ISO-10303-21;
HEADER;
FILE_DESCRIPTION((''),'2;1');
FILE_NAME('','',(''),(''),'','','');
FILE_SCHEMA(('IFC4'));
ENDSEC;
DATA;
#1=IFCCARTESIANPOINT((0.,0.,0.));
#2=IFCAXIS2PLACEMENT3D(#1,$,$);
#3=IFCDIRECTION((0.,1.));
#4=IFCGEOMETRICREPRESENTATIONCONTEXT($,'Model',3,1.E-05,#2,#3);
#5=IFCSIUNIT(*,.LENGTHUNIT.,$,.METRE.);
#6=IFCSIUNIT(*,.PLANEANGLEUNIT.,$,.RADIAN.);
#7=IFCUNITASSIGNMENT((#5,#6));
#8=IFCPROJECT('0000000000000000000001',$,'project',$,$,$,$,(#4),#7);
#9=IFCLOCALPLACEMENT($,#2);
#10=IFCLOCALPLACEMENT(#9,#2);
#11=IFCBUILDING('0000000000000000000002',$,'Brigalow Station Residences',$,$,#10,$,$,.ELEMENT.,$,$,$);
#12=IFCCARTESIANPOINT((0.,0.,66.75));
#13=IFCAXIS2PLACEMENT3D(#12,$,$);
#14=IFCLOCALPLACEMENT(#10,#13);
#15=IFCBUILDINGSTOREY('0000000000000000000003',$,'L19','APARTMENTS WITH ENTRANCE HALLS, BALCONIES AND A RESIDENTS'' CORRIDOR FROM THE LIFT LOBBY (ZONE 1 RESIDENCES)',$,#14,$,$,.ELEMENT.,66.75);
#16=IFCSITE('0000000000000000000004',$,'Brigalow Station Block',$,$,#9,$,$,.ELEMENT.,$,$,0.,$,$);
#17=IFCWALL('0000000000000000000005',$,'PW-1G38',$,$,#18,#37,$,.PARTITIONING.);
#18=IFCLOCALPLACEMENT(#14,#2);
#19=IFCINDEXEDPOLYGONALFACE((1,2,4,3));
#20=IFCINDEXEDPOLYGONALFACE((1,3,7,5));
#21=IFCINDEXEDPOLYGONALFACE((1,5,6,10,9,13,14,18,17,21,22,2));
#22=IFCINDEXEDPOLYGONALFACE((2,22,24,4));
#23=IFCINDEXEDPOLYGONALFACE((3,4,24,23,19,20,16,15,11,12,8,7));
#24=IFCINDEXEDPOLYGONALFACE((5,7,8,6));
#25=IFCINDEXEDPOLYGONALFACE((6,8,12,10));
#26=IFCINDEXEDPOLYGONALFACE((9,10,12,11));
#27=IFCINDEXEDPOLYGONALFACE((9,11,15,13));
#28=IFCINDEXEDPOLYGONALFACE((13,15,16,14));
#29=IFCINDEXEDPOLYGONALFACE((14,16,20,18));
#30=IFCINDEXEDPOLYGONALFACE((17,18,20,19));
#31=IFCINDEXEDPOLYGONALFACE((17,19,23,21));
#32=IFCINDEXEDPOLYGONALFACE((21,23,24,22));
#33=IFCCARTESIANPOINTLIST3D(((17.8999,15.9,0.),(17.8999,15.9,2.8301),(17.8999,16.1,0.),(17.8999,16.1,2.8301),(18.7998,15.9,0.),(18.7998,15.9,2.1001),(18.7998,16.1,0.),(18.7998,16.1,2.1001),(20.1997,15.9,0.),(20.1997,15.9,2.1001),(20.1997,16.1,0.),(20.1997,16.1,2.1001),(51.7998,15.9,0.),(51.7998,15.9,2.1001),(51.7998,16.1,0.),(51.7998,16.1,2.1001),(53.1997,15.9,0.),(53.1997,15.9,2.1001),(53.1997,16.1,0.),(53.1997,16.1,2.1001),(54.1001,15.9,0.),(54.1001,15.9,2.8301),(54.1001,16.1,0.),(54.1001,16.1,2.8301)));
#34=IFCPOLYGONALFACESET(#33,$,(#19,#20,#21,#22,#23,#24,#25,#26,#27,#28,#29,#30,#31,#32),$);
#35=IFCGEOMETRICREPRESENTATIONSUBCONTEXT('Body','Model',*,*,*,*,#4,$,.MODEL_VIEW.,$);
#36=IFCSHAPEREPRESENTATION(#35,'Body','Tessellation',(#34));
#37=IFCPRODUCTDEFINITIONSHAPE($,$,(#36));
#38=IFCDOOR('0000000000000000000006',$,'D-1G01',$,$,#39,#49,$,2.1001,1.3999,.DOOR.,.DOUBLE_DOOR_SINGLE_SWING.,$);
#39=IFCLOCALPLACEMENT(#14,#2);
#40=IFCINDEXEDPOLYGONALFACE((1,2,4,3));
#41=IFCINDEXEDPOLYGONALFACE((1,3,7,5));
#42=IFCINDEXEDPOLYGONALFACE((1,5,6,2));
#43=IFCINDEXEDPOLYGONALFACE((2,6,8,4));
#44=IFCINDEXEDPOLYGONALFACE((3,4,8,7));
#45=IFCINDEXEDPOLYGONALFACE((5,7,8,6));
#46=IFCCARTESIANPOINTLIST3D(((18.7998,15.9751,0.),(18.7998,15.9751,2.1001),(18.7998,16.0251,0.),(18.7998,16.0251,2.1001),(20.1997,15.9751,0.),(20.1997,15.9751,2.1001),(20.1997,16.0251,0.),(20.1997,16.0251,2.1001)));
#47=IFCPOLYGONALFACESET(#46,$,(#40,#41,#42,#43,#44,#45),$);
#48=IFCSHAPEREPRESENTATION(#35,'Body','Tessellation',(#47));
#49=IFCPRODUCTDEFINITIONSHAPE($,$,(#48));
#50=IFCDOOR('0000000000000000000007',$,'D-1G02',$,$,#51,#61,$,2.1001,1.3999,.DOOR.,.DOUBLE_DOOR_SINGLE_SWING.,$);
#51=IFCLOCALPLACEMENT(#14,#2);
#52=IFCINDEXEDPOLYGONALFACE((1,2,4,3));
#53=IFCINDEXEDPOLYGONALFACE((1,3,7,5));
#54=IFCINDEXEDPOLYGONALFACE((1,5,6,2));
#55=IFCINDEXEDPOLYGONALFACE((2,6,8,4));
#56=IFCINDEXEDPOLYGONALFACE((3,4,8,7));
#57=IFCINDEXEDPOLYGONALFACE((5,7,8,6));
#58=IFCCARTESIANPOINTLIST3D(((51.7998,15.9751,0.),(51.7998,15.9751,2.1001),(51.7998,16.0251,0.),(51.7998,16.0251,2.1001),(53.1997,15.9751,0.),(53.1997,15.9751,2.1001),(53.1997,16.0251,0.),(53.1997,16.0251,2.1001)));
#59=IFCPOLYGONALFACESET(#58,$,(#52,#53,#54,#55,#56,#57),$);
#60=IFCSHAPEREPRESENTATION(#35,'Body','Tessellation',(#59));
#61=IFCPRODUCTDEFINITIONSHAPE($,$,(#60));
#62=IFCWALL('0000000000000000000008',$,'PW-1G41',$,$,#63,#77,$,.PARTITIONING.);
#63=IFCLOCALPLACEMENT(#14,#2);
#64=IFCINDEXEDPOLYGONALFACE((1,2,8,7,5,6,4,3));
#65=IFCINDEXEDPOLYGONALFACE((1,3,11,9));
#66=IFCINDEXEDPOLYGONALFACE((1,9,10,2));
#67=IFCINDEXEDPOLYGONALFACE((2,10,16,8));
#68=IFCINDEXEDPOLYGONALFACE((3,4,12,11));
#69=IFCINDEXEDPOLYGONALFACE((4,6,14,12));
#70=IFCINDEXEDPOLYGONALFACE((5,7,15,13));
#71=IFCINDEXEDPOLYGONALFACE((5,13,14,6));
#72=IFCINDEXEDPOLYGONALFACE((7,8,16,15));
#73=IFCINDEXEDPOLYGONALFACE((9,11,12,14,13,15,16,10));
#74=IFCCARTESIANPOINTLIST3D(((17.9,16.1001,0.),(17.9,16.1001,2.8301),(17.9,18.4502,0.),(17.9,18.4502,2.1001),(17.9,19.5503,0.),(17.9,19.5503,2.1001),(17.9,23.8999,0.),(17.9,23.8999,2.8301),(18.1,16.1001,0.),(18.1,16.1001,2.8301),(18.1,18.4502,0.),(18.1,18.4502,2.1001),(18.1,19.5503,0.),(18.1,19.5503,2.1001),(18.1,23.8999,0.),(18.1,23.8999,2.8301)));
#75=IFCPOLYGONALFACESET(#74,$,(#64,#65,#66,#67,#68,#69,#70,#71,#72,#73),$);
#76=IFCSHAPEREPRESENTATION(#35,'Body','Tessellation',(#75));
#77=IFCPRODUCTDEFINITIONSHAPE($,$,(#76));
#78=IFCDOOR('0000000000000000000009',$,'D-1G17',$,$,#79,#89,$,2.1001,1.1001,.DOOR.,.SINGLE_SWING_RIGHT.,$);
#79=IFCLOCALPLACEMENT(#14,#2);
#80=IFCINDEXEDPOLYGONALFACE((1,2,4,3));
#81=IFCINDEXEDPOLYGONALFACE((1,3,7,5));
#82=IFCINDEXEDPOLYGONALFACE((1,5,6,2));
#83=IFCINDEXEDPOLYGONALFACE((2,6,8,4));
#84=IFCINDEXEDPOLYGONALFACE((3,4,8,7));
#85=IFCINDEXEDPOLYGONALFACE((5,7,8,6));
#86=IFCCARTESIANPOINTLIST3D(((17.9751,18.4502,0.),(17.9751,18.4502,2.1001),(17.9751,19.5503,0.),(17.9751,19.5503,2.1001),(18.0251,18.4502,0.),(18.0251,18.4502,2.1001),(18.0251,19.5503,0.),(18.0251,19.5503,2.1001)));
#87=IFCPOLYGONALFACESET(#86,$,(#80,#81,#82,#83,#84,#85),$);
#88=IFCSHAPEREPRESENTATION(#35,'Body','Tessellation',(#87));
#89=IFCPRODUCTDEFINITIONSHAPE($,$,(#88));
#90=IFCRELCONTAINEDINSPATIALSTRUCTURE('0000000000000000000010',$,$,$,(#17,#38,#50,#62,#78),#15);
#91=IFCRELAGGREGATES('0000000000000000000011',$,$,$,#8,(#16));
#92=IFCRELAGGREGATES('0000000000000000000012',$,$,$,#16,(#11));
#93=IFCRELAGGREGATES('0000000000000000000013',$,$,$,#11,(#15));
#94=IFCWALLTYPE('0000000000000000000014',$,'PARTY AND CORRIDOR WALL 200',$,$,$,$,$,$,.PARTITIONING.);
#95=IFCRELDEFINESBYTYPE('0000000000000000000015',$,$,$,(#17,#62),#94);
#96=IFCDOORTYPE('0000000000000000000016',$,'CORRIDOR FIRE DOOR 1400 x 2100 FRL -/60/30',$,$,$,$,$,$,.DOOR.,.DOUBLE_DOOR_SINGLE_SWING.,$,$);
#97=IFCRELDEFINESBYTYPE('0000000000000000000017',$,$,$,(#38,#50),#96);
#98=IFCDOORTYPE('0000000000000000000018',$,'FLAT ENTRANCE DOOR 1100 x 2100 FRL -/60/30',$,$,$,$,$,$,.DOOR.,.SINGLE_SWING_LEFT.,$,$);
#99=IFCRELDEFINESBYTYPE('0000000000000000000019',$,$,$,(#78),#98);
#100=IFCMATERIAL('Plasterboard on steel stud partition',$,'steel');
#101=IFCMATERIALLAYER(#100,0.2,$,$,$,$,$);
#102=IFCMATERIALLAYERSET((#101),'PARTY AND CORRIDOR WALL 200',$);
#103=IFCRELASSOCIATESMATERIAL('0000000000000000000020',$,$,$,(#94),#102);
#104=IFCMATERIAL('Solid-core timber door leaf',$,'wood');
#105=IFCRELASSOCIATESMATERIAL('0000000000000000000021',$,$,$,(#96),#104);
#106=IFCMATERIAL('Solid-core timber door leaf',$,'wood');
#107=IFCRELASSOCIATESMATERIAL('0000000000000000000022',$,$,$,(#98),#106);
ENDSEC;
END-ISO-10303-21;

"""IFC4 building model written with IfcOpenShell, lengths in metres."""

from ifc_helpers import new_model, si_unit, direction, frame, frame_2d, origin, place, context, subcontext, project, spatial, rectangle, extrude, material, layer, layer_set, type_object, element, fill, save


model = new_model("IFC4")

# Units and contexts
model_context = context("Model", 3, precision=1e-05, world=origin(), true_north=direction((0.0, 1.0)))
body_context = subcontext(model_context, "Body", "Model", "MODEL_VIEW")
ifc_project = project(units=[si_unit("LENGTHUNIT", "METRE"), si_unit("PLANEANGLEUNIT", "RADIAN")], contexts=[model_context])

# Site, building, storey
site_placement = place(None, origin())
site = spatial("IfcSite", under=ifc_project, at=site_placement, Name="Brigalow Station Block", CompositionType="ELEMENT", RefElevation=0.0)
building_placement = place(site_placement, origin())
building = spatial("IfcBuilding", under=site, at=building_placement, Name="Brigalow Station Residences", CompositionType="ELEMENT")
storey_placement = place(building_placement, frame((0.0, 0.0, 66.75)))
storey = spatial("IfcBuildingStorey", under=building, at=storey_placement, Name="L19", Description="APARTMENTS WITH ENTRANCE HALLS, BALCONIES AND A RESIDENTS' CORRIDOR FROM THE LIFT LOBBY (ZONE 1 RESIDENCES)", CompositionType="ELEMENT", Elevation=66.75)

# Wall, openings, doors
ifc_material_1 = material(Name="Plasterboard on steel stud partition", Category="steel")
ifc_layer_1 = layer(ifc_material_1, 0.2)
ifc_layer_set_1 = layer_set([ifc_layer_1], Name="PARTY AND CORRIDOR WALL 200")
wall_type_1 = type_object("IfcWallType", Name="PARTY AND CORRIDOR WALL 200", PredefinedType="PARTITIONING", material=ifc_layer_set_1)
wall_1_placement = place(storey_placement, frame((17.8999, 16.0, 0.0), z_axis=(0.0, 0.0, 1.0), x_axis=(1.0, 0.0, 0.0)))
wall_1 = element("IfcWall", 1, at=wall_1_placement, inside=storey, type_object=wall_type_1, Name="PW-1G38", PredefinedType="PARTITIONING", context=body_context, shape_type="SweptSolid", body=[
    extrude(rectangle(XDim=36.2002, YDim=0.2, at=frame_2d((18.1001, 0.0))), origin(), (0.0, 0.0, 1.0), 2.8301),
])
opening_1_placement = place(wall_1_placement, frame((0.8999, 0.0, 0.0)))
opening_1 = element("IfcOpeningElement", 2, at=opening_1_placement, cuts=wall_1, PredefinedType="OPENING", context=body_context, shape_type="SweptSolid", body=[
    extrude(rectangle(XDim=1.3999, YDim=2.1001, at=frame_2d((0.7, 1.05))), frame((0.0, 0.1099, 0.0), z_axis=(0.0, -1.0, 0.0), x_axis=(1.0, 0.0, 0.0)), (0.0, 0.0, 1.0), 0.22),
])
opening_2_placement = place(wall_1_placement, frame((33.8999, 0.0, 0.0)))
opening_2 = element("IfcOpeningElement", 3, at=opening_2_placement, cuts=wall_1, PredefinedType="OPENING", context=body_context, shape_type="SweptSolid", body=[
    extrude(rectangle(XDim=1.3999, YDim=2.1001, at=frame_2d((0.7, 1.05))), frame((0.0, 0.1099, 0.0), z_axis=(0.0, -1.0, 0.0), x_axis=(1.0, 0.0, 0.0)), (0.0, 0.0, 1.0), 0.22),
])
ifc_material_2 = material(Name="Solid-core timber door leaf", Category="wood")
door_type_1 = type_object("IfcDoorType", Name="CORRIDOR FIRE DOOR 1400 x 2100 FRL -/60/30", OperationType="DOUBLE_DOOR_SINGLE_SWING", PredefinedType="DOOR", material=ifc_material_2)
door_1_placement = place(opening_1_placement, frame((1.3999, 0.0, 0.0), z_axis=(0.0, 0.0, 1.0), x_axis=(-1.0, 0.0, 0.0)))
door_1 = element("IfcDoor", 4, at=door_1_placement, inside=storey, type_object=door_type_1, Name="D-1G01", OperationType="DOUBLE_DOOR_SINGLE_SWING", OverallHeight=2.1001, OverallWidth=1.3999, PredefinedType="DOOR", context=body_context, shape_type="SweptSolid", body=[
    extrude(rectangle(XDim=1.3999, YDim=2.1001, at=frame_2d((0.7, 1.05))), frame((0.0, 0.0249, 0.0), z_axis=(0.0, -1.0, 0.0), x_axis=(1.0, 0.0, 0.0)), (0.0, 0.0, 1.0), 0.05),
])
fill(opening_1, door_1)
door_2_placement = place(opening_2_placement, frame((1.3999, 0.0, 0.0), z_axis=(0.0, 0.0, 1.0), x_axis=(-1.0, 0.0, 0.0)))
door_2 = element("IfcDoor", 5, at=door_2_placement, inside=storey, type_object=door_type_1, Name="D-1G02", OperationType="DOUBLE_DOOR_SINGLE_SWING", OverallHeight=2.1001, OverallWidth=1.3999, PredefinedType="DOOR", context=body_context, shape_type="SweptSolid", body=[
    extrude(rectangle(XDim=1.3999, YDim=2.1001, at=frame_2d((0.7, 1.05))), frame((0.0, 0.0249, 0.0), z_axis=(0.0, -1.0, 0.0), x_axis=(1.0, 0.0, 0.0)), (0.0, 0.0, 1.0), 0.05),
])
fill(opening_2, door_2)

# Wall, opening, door
wall_2_placement = place(storey_placement, frame((18.0, 16.1001, 0.0), z_axis=(0.0, 0.0, 1.0), x_axis=(0.0, 1.0, 0.0)))
wall_2 = element("IfcWall", 6, at=wall_2_placement, inside=storey, type_object=wall_type_1, Name="PW-1G41", PredefinedType="PARTITIONING", context=body_context, shape_type="SweptSolid", body=[
    extrude(rectangle(XDim=7.7998, YDim=0.2, at=frame_2d((3.8999, 0.0))), origin(), (0.0, 0.0, 1.0), 2.8301),
])
opening_3_placement = place(wall_2_placement, frame((2.3501, 0.0, 0.0)))
opening_3 = element("IfcOpeningElement", 7, at=opening_3_placement, cuts=wall_2, PredefinedType="OPENING", context=body_context, shape_type="SweptSolid", body=[
    extrude(rectangle(XDim=1.1001, YDim=2.1001, at=frame_2d((0.55, 1.05))), frame((0.0, 0.1099, 0.0), z_axis=(0.0, -1.0, 0.0), x_axis=(1.0, 0.0, 0.0)), (0.0, 0.0, 1.0), 0.22),
])
ifc_material_3 = material(Name="Solid-core timber door leaf", Category="wood")
door_type_2 = type_object("IfcDoorType", Name="FLAT ENTRANCE DOOR 1100 x 2100 FRL -/60/30", OperationType="SINGLE_SWING_LEFT", PredefinedType="DOOR", material=ifc_material_3)
door_3_placement = place(opening_3_placement, origin())
door_3 = element("IfcDoor", 8, at=door_3_placement, inside=storey, type_object=door_type_2, Name="D-1G17", OperationType="SINGLE_SWING_RIGHT", OverallHeight=2.1001, OverallWidth=1.1001, PredefinedType="DOOR", context=body_context, shape_type="SweptSolid", body=[
    extrude(rectangle(XDim=1.1001, YDim=2.1001, at=frame_2d((0.55, 1.05))), frame((0.0, 0.0249, 0.0), z_axis=(0.0, -1.0, 0.0), x_axis=(1.0, 0.0, 0.0)), (0.0, 0.0, 1.0), 0.05),
])
fill(opening_3, door_3)

save(model, "model.ifc")
